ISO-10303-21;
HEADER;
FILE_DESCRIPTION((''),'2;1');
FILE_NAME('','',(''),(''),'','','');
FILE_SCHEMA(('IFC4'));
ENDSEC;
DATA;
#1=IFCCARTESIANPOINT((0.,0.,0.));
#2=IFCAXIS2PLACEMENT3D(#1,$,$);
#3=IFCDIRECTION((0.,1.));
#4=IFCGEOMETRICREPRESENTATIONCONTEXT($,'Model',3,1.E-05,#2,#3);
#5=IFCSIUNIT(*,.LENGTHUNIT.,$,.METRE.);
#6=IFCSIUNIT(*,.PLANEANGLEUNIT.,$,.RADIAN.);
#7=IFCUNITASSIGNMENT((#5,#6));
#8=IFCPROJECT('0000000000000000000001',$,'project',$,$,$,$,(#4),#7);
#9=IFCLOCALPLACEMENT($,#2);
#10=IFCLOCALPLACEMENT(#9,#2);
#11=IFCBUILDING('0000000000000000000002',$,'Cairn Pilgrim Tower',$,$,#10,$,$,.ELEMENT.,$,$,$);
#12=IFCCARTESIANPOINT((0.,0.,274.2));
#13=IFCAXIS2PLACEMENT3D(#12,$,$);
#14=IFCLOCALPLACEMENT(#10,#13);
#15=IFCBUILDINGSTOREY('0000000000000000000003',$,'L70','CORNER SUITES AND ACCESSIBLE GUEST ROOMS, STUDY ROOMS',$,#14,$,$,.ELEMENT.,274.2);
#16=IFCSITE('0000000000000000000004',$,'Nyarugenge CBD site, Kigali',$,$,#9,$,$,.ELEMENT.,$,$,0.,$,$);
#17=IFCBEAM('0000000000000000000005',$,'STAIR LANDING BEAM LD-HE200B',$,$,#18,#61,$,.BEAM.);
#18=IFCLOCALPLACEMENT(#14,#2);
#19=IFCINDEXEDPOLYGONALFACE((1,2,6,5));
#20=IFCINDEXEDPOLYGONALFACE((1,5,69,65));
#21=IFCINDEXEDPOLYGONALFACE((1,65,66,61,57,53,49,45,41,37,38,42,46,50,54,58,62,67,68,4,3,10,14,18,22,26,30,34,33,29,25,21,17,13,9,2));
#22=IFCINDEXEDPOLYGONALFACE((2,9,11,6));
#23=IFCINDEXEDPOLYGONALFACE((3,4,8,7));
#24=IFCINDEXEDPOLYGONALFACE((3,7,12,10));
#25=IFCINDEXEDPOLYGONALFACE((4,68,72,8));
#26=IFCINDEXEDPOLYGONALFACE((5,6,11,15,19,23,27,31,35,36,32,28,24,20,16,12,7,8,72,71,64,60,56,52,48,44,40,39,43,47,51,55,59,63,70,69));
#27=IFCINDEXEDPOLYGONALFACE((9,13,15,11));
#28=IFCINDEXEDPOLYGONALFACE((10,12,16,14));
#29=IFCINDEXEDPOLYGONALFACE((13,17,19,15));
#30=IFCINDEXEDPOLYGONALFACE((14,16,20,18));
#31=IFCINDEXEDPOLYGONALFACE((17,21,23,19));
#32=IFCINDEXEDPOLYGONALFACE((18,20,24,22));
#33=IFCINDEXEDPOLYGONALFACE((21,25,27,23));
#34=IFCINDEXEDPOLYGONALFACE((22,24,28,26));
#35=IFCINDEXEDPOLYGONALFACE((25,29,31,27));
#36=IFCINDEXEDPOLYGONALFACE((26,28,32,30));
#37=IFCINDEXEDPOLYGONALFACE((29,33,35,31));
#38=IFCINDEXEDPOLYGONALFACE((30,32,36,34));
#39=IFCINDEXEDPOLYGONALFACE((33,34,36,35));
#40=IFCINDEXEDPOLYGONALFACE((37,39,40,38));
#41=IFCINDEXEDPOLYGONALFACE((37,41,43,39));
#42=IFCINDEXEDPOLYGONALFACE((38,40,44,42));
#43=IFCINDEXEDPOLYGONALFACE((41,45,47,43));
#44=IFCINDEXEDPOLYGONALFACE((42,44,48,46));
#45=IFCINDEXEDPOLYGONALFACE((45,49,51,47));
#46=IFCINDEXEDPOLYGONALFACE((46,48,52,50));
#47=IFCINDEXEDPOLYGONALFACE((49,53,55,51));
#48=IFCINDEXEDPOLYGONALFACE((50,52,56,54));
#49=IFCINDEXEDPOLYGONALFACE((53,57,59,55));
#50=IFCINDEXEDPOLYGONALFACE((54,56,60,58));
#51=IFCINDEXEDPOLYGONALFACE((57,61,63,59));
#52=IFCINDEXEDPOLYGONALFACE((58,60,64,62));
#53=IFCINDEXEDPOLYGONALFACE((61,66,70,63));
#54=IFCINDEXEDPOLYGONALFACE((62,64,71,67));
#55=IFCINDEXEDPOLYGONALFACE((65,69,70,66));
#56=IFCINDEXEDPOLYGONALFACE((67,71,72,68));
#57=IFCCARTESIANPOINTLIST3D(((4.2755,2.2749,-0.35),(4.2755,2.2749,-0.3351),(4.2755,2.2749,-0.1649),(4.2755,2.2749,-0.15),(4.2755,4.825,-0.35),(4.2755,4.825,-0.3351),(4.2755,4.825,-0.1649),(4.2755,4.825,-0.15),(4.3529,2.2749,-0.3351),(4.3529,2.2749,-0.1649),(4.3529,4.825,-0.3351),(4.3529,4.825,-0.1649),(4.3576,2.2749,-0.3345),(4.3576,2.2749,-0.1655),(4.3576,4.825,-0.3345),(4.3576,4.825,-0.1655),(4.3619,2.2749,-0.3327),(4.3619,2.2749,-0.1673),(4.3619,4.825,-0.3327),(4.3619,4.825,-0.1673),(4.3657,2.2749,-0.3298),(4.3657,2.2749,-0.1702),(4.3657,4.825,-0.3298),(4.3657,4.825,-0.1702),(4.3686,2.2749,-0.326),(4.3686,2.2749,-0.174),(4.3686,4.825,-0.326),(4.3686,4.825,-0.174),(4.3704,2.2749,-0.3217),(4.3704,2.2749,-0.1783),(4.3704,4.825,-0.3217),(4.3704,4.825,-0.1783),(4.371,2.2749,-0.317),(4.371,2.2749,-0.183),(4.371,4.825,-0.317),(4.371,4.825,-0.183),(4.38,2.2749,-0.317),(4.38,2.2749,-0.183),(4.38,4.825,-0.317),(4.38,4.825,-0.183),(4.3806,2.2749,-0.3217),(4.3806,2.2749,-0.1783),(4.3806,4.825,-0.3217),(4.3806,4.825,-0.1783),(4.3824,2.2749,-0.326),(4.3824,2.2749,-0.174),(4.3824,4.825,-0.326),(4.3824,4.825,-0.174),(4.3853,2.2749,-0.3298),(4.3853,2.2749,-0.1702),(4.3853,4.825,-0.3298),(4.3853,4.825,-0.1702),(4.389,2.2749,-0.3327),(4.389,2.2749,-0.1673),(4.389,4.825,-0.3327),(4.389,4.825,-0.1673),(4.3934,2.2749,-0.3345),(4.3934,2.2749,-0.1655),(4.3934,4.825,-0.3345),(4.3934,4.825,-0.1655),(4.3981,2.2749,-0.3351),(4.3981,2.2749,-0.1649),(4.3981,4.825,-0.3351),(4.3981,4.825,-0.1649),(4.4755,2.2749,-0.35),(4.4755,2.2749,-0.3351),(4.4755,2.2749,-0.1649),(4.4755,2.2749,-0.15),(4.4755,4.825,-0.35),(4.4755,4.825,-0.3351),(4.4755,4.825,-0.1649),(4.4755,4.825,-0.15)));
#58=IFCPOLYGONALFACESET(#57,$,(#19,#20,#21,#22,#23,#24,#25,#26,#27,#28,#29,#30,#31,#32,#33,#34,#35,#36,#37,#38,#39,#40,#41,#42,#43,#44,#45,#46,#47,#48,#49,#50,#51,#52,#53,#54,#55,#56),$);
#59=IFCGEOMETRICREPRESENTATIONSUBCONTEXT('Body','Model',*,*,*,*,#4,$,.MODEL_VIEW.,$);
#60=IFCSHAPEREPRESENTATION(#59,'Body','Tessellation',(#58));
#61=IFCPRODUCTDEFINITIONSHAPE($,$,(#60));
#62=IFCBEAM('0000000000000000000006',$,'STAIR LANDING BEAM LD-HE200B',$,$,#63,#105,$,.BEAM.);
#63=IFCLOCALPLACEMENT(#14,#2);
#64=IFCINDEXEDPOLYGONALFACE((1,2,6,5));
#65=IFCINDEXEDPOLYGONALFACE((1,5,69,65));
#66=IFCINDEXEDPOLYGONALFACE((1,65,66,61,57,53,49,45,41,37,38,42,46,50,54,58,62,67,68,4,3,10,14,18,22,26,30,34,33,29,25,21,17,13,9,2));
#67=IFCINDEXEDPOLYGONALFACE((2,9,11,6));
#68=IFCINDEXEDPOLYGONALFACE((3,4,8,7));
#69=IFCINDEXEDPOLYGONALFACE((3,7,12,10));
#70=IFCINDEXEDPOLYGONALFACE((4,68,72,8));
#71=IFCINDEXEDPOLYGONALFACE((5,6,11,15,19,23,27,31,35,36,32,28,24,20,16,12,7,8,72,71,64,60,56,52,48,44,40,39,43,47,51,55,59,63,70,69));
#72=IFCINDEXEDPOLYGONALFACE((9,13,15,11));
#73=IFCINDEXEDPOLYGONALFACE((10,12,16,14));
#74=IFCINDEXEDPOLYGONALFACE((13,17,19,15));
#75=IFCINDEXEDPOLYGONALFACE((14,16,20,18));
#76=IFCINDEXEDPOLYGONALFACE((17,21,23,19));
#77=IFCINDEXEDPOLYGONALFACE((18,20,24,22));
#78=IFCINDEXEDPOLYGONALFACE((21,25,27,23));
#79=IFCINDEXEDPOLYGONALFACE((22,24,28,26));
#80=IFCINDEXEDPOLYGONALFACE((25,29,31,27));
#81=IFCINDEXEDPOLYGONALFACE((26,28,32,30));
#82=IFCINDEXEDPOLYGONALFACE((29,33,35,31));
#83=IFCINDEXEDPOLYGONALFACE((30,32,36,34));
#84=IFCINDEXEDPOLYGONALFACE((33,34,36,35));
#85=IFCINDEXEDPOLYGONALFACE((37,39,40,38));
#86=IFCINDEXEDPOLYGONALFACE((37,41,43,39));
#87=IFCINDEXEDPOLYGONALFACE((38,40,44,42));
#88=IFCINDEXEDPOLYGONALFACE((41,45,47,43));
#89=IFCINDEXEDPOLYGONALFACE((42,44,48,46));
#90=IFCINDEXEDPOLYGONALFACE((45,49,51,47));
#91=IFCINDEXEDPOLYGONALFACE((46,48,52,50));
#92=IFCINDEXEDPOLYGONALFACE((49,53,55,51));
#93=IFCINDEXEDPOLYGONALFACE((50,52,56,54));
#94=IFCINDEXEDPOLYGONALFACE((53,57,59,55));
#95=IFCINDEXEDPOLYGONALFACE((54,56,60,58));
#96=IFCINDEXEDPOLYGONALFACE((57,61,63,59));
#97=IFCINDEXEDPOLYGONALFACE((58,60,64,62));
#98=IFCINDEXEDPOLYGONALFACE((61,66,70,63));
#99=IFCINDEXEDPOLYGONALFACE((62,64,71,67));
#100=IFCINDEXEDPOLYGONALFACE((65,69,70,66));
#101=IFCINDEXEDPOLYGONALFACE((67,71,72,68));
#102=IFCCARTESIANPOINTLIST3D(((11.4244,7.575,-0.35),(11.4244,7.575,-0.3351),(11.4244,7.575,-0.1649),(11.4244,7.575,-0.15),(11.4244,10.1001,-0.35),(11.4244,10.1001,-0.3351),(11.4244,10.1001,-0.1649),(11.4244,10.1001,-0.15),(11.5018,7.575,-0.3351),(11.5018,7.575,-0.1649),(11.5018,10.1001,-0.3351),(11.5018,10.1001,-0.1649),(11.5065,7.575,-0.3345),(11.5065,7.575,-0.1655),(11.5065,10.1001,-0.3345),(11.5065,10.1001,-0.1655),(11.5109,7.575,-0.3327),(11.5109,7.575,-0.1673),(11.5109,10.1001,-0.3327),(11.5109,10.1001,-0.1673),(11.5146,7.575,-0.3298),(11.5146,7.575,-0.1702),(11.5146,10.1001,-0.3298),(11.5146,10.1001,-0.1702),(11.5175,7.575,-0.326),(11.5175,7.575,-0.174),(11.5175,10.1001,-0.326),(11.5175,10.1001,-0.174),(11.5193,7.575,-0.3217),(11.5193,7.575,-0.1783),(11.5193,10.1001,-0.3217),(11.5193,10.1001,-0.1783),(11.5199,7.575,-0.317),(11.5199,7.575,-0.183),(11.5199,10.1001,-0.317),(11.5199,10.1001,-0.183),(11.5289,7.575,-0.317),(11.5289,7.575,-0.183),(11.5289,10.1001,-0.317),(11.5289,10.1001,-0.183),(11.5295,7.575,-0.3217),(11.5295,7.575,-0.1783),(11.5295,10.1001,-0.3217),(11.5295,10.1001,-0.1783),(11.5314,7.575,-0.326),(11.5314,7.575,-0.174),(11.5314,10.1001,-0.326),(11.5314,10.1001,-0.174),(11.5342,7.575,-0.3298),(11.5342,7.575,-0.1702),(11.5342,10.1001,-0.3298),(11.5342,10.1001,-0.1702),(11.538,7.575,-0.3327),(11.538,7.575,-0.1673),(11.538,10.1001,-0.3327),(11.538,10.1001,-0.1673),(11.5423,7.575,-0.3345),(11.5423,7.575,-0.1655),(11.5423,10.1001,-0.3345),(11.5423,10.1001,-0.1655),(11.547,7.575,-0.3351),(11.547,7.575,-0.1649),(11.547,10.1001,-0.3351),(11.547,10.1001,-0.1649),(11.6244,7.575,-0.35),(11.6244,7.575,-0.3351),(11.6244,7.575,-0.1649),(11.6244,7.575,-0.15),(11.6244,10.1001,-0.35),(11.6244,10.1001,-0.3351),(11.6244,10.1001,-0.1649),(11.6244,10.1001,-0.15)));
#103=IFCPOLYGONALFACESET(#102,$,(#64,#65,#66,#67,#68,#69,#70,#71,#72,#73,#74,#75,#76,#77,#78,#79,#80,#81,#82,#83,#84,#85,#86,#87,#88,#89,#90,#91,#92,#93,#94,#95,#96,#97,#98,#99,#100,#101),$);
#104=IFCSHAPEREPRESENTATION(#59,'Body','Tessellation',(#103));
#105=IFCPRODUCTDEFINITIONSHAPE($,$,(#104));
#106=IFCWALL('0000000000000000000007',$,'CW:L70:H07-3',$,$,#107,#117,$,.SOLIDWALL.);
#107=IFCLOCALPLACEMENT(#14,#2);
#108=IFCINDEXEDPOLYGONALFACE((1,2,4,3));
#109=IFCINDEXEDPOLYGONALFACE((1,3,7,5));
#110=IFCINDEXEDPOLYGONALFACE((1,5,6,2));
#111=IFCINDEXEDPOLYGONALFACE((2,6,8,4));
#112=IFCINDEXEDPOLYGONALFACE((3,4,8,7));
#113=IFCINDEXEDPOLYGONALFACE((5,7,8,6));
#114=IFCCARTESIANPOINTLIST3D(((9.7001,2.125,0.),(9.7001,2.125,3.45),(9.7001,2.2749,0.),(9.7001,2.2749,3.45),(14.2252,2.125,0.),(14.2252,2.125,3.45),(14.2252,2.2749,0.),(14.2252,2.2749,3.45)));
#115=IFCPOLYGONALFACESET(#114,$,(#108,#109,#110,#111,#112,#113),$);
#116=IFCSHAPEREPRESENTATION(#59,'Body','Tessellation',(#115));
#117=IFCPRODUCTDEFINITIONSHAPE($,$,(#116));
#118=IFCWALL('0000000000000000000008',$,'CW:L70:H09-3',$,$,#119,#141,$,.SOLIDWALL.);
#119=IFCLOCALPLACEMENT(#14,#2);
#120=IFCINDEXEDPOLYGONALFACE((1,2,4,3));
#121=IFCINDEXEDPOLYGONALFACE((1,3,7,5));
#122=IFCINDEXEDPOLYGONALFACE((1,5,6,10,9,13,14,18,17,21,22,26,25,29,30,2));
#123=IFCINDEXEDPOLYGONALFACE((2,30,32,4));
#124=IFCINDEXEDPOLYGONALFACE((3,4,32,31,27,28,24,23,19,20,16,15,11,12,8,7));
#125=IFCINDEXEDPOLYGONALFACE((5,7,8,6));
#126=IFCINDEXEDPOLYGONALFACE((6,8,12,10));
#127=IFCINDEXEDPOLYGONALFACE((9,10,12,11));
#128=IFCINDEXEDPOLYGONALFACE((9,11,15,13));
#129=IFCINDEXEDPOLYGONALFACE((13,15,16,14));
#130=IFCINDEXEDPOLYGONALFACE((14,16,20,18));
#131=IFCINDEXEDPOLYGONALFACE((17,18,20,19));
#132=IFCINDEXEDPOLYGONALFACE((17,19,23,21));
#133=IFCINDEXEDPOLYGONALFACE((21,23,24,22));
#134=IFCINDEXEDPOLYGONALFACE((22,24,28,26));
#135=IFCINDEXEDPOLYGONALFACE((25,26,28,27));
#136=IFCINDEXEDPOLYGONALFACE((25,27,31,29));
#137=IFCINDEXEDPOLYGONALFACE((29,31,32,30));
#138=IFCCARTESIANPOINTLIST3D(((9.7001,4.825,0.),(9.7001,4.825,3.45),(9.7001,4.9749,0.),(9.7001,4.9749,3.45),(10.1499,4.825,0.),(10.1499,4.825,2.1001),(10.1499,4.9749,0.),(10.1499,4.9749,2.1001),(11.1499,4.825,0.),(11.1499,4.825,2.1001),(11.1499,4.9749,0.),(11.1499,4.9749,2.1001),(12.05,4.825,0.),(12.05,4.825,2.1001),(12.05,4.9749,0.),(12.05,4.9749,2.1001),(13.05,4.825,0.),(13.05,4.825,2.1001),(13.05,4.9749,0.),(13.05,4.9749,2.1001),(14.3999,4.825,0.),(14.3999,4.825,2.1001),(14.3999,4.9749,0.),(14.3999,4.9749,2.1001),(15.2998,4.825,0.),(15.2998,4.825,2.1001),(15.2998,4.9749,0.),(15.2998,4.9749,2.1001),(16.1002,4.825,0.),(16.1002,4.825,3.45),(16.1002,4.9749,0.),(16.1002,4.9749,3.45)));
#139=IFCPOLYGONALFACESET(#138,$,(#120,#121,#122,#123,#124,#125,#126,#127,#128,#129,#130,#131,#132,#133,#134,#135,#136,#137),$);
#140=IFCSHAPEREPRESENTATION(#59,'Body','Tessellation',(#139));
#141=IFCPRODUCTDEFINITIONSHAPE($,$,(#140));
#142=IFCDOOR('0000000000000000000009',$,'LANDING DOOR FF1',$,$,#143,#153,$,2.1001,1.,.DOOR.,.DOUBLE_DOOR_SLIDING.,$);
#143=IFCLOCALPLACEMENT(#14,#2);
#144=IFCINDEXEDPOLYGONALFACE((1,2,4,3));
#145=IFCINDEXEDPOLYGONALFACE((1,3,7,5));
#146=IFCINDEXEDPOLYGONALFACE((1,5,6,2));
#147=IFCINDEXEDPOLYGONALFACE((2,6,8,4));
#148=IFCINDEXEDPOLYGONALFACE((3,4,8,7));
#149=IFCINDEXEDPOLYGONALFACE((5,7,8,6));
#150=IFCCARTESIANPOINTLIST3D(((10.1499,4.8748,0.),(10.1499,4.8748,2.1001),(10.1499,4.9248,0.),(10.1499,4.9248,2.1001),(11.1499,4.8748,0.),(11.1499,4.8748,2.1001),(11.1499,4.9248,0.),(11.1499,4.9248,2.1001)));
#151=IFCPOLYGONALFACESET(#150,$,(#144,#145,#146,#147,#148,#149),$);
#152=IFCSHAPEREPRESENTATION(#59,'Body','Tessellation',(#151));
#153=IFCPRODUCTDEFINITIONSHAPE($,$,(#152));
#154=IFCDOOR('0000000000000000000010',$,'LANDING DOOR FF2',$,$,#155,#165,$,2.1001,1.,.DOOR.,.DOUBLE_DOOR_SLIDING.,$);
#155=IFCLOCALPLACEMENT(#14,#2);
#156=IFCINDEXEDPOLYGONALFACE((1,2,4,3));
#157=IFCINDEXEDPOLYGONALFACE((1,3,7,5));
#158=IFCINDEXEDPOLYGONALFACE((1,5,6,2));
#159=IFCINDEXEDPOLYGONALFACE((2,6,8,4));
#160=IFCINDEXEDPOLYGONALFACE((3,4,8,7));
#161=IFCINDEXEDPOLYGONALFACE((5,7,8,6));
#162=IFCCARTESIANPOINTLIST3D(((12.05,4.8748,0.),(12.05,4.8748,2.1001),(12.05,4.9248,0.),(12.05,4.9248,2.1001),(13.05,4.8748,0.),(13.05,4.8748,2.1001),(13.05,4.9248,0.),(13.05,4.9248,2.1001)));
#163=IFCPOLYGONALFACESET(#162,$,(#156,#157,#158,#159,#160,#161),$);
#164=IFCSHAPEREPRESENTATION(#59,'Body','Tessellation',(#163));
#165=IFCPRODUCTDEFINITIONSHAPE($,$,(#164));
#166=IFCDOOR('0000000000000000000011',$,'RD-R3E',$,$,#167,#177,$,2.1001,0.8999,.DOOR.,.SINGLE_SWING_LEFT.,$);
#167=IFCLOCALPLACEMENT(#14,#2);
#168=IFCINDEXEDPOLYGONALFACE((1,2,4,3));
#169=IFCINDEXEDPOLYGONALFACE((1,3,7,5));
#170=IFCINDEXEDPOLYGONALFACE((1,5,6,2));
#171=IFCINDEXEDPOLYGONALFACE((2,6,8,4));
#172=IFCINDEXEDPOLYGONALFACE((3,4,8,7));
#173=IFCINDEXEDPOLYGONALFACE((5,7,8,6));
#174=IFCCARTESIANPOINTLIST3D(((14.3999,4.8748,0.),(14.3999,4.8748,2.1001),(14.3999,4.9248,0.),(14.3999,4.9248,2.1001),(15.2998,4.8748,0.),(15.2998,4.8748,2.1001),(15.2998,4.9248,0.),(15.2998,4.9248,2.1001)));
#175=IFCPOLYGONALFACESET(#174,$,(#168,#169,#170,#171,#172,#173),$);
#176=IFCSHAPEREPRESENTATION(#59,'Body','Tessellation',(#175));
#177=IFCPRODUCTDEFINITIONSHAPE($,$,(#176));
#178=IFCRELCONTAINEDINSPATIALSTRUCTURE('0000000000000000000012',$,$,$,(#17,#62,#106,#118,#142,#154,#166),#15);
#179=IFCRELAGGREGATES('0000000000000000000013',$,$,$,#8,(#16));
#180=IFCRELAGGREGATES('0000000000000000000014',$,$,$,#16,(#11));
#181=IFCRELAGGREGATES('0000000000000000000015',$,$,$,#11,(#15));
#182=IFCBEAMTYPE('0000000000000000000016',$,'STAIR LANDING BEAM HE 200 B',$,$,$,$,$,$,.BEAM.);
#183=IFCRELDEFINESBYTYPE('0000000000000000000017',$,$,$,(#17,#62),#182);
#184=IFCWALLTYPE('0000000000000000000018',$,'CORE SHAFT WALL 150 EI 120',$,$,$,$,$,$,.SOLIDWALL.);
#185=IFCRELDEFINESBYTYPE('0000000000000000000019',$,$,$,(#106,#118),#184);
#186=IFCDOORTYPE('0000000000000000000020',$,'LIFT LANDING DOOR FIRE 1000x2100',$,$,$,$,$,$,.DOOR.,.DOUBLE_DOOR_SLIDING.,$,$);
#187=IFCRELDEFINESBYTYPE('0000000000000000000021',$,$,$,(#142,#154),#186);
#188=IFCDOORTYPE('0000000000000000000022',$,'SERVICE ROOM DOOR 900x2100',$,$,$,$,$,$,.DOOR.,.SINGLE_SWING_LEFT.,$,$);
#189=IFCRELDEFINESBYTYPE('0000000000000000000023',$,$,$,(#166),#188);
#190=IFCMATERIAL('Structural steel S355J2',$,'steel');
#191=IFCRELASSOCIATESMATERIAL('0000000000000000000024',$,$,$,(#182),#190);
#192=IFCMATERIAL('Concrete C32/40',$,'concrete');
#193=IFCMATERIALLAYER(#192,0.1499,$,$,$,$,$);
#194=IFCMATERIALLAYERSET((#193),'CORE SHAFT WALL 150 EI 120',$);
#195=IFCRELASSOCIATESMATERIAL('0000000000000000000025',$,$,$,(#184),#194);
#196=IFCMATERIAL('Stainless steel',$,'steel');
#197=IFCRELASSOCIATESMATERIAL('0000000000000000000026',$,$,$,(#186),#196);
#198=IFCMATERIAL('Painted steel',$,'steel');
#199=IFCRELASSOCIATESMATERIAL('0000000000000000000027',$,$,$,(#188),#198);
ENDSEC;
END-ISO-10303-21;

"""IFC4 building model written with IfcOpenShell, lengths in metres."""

from ifc_helpers import new_model, si_unit, direction, frame, frame_2d, origin, origin_2d, place, context, subcontext, project, spatial, rectangle, i_section, extrude, material, layer, layer_set, material_profile, profile_set, type_object, element, fill, save


model = new_model("IFC4")

# Units and contexts
model_context = context("Model", 3, precision=1e-05, world=origin(), true_north=direction((0.0, 1.0)))
body_context = subcontext(model_context, "Body", "Model", "MODEL_VIEW")
ifc_project = project(units=[si_unit("LENGTHUNIT", "METRE"), si_unit("PLANEANGLEUNIT", "RADIAN")], contexts=[model_context])

# Site, building, storey
site_placement = place(None, origin())
site = spatial("IfcSite", under=ifc_project, at=site_placement, Name="Nyarugenge CBD site, Kigali", CompositionType="ELEMENT", RefElevation=0.0)
building_placement = place(site_placement, origin())
building = spatial("IfcBuilding", under=site, at=building_placement, Name="Cairn Pilgrim Tower", CompositionType="ELEMENT")
storey_placement = place(building_placement, frame((0.0, 0.0, 274.2)))
storey = spatial("IfcBuildingStorey", under=building, at=storey_placement, Name="L70", Description="CORNER SUITES AND ACCESSIBLE GUEST ROOMS, STUDY ROOMS", CompositionType="ELEMENT", Elevation=274.2)

# Beams
ifc_material_1 = material(Name="Structural steel S355J2", Category="steel")
ifc_material_profile = material_profile(ifc_material_1, i_section(OverallWidth=0.2, OverallDepth=0.2, WebThickness=0.009, FlangeThickness=0.0149, FilletRadius=0.0181, at=origin_2d()), Name="HE 200 B")
ifc_profile_set = profile_set([ifc_material_profile], Name="Structural steel S355J2")
beam_type = type_object("IfcBeamType", Name="STAIR LANDING BEAM HE 200 B", PredefinedType="BEAM", material=ifc_profile_set)
beam_1_placement = place(storey_placement, frame((4.3755, 2.2749, -0.25), z_axis=(0.0, 1.0, 0.0), x_axis=(-1.0, 0.0, 0.0)))
element("IfcBeam", 1, at=beam_1_placement, inside=storey, type_object=beam_type, Name="STAIR LANDING BEAM LD-HE200B", PredefinedType="BEAM", context=body_context, shape_type="SweptSolid", body=[
    extrude(i_section(OverallWidth=0.2, OverallDepth=0.2, WebThickness=0.009, FlangeThickness=0.0149, FilletRadius=0.0181, at=origin_2d()), origin(), (0.0, 0.0, 1.0), 2.55),
])
beam_2_placement = place(storey_placement, frame((11.5244, 10.1001, -0.25), z_axis=(0.0, -1.0, 0.0), x_axis=(1.0, 0.0, 0.0)))
element("IfcBeam", 2, at=beam_2_placement, inside=storey, type_object=beam_type, Name="STAIR LANDING BEAM LD-HE200B", PredefinedType="BEAM", context=body_context, shape_type="SweptSolid", body=[
    extrude(i_section(OverallWidth=0.2, OverallDepth=0.2, WebThickness=0.009, FlangeThickness=0.0149, FilletRadius=0.0181, at=origin_2d()), origin(), (0.0, 0.0, 1.0), 2.5251),
])

# Wall
ifc_material_2 = material(Name="Concrete C32/40", Category="concrete")
ifc_layer_1 = layer(ifc_material_2, 0.1499)
ifc_layer_set_1 = layer_set([ifc_layer_1], Name="CORE SHAFT WALL 150 EI 120")
wall_type_1 = type_object("IfcWallType", Name="CORE SHAFT WALL 150 EI 120", PredefinedType="SOLIDWALL", material=ifc_layer_set_1)
wall_1_placement = place(storey_placement, frame((9.7, 2.2, 0.0), z_axis=(0.0, 0.0, 1.0), x_axis=(1.0, 0.0, 0.0)))
element("IfcWall", 3, at=wall_1_placement, inside=storey, type_object=wall_type_1, Name="CW:L70:H07-3", PredefinedType="SOLIDWALL", context=body_context, shape_type="SweptSolid", body=[
    extrude(rectangle(XDim=4.5251, YDim=0.1499, at=frame_2d((2.2627, 0.0))), origin(), (0.0, 0.0, 1.0), 3.45),
])

# Wall, openings, doors
wall_2_placement = place(storey_placement, frame((9.7, 4.8999, 0.0), z_axis=(0.0, 0.0, 1.0), x_axis=(1.0, 0.0, 0.0)))
wall_2 = element("IfcWall", 4, at=wall_2_placement, inside=storey, type_object=wall_type_1, Name="CW:L70:H09-3", PredefinedType="SOLIDWALL", context=body_context, shape_type="SweptSolid", body=[
    extrude(rectangle(XDim=6.4001, YDim=0.1499, at=frame_2d((3.2002, 0.0))), origin(), (0.0, 0.0, 1.0), 3.45),
])
opening_1_placement = place(wall_2_placement, frame((0.45, 0.0, 0.0)))
opening_1 = element("IfcOpeningElement", 5, at=opening_1_placement, cuts=wall_2, PredefinedType="OPENING", context=body_context, shape_type="SweptSolid", body=[
    extrude(rectangle(XDim=1.0, YDim=2.1001, at=frame_2d((0.5, 1.05))), frame((0.0, 0.085, 0.0), z_axis=(0.0, -1.0, 0.0), x_axis=(1.0, 0.0, 0.0)), (0.0, 0.0, 1.0), 0.1699),
])
opening_2_placement = place(wall_2_placement, frame((2.3501, 0.0, 0.0)))
opening_2 = element("IfcOpeningElement", 6, at=opening_2_placement, cuts=wall_2, PredefinedType="OPENING", context=body_context, shape_type="SweptSolid", body=[
    extrude(rectangle(XDim=1.0, YDim=2.1001, at=frame_2d((0.5, 1.05))), frame((0.0, 0.085, 0.0), z_axis=(0.0, -1.0, 0.0), x_axis=(1.0, 0.0, 0.0)), (0.0, 0.0, 1.0), 0.1699),
])
opening_3_placement = place(wall_2_placement, frame((4.7, 0.0, 0.0)))
opening_3 = element("IfcOpeningElement", 7, at=opening_3_placement, cuts=wall_2, PredefinedType="OPENING", context=body_context, shape_type="SweptSolid", body=[
    extrude(rectangle(XDim=0.8999, YDim=2.1001, at=frame_2d((0.45, 1.05))), frame((0.0, 0.085, 0.0), z_axis=(0.0, -1.0, 0.0), x_axis=(1.0, 0.0, 0.0)), (0.0, 0.0, 1.0), 0.1699),
])
ifc_material_3 = material(Name="Stainless steel", Category="steel")
door_type_1 = type_object("IfcDoorType", Name="LIFT LANDING DOOR FIRE 1000x2100", OperationType="DOUBLE_DOOR_SLIDING", PredefinedType="DOOR", material=ifc_material_3)
door_1_placement = place(opening_1_placement, origin())
door_1 = element("IfcDoor", 8, at=door_1_placement, inside=storey, type_object=door_type_1, Name="LANDING DOOR FF1", OperationType="DOUBLE_DOOR_SLIDING", OverallHeight=2.1001, OverallWidth=1.0, PredefinedType="DOOR", context=body_context, shape_type="SweptSolid", body=[
    extrude(rectangle(XDim=1.0, YDim=2.1001, at=frame_2d((0.5, 1.05))), frame((0.0, 0.0249, 0.0), z_axis=(0.0, -1.0, 0.0), x_axis=(1.0, 0.0, 0.0)), (0.0, 0.0, 1.0), 0.05),
])
fill(opening_1, door_1)
door_2_placement = place(opening_2_placement, origin())
door_2 = element("IfcDoor", 9, at=door_2_placement, inside=storey, type_object=door_type_1, Name="LANDING DOOR FF2", OperationType="DOUBLE_DOOR_SLIDING", OverallHeight=2.1001, OverallWidth=1.0, PredefinedType="DOOR", context=body_context, shape_type="SweptSolid", body=[
    extrude(rectangle(XDim=1.0, YDim=2.1001, at=frame_2d((0.5, 1.05))), frame((0.0, 0.0249, 0.0), z_axis=(0.0, -1.0, 0.0), x_axis=(1.0, 0.0, 0.0)), (0.0, 0.0, 1.0), 0.05),
])
fill(opening_2, door_2)
ifc_material_4 = material(Name="Painted steel", Category="steel")
door_type_2 = type_object("IfcDoorType", Name="SERVICE ROOM DOOR 900x2100", OperationType="SINGLE_SWING_LEFT", PredefinedType="DOOR", material=ifc_material_4)
door_3_placement = place(opening_3_placement, origin())
door_3 = element("IfcDoor", 10, at=door_3_placement, inside=storey, type_object=door_type_2, Name="RD-R3E", OperationType="SINGLE_SWING_LEFT", OverallHeight=2.1001, OverallWidth=0.8999, PredefinedType="DOOR", context=body_context, shape_type="SweptSolid", body=[
    extrude(rectangle(XDim=0.8999, YDim=2.1001, at=frame_2d((0.45, 1.05))), frame((0.0, 0.0249, 0.0), z_axis=(0.0, -1.0, 0.0), x_axis=(1.0, 0.0, 0.0)), (0.0, 0.0, 1.0), 0.05),
])
fill(opening_3, door_3)

save(model, "model.ifc")
